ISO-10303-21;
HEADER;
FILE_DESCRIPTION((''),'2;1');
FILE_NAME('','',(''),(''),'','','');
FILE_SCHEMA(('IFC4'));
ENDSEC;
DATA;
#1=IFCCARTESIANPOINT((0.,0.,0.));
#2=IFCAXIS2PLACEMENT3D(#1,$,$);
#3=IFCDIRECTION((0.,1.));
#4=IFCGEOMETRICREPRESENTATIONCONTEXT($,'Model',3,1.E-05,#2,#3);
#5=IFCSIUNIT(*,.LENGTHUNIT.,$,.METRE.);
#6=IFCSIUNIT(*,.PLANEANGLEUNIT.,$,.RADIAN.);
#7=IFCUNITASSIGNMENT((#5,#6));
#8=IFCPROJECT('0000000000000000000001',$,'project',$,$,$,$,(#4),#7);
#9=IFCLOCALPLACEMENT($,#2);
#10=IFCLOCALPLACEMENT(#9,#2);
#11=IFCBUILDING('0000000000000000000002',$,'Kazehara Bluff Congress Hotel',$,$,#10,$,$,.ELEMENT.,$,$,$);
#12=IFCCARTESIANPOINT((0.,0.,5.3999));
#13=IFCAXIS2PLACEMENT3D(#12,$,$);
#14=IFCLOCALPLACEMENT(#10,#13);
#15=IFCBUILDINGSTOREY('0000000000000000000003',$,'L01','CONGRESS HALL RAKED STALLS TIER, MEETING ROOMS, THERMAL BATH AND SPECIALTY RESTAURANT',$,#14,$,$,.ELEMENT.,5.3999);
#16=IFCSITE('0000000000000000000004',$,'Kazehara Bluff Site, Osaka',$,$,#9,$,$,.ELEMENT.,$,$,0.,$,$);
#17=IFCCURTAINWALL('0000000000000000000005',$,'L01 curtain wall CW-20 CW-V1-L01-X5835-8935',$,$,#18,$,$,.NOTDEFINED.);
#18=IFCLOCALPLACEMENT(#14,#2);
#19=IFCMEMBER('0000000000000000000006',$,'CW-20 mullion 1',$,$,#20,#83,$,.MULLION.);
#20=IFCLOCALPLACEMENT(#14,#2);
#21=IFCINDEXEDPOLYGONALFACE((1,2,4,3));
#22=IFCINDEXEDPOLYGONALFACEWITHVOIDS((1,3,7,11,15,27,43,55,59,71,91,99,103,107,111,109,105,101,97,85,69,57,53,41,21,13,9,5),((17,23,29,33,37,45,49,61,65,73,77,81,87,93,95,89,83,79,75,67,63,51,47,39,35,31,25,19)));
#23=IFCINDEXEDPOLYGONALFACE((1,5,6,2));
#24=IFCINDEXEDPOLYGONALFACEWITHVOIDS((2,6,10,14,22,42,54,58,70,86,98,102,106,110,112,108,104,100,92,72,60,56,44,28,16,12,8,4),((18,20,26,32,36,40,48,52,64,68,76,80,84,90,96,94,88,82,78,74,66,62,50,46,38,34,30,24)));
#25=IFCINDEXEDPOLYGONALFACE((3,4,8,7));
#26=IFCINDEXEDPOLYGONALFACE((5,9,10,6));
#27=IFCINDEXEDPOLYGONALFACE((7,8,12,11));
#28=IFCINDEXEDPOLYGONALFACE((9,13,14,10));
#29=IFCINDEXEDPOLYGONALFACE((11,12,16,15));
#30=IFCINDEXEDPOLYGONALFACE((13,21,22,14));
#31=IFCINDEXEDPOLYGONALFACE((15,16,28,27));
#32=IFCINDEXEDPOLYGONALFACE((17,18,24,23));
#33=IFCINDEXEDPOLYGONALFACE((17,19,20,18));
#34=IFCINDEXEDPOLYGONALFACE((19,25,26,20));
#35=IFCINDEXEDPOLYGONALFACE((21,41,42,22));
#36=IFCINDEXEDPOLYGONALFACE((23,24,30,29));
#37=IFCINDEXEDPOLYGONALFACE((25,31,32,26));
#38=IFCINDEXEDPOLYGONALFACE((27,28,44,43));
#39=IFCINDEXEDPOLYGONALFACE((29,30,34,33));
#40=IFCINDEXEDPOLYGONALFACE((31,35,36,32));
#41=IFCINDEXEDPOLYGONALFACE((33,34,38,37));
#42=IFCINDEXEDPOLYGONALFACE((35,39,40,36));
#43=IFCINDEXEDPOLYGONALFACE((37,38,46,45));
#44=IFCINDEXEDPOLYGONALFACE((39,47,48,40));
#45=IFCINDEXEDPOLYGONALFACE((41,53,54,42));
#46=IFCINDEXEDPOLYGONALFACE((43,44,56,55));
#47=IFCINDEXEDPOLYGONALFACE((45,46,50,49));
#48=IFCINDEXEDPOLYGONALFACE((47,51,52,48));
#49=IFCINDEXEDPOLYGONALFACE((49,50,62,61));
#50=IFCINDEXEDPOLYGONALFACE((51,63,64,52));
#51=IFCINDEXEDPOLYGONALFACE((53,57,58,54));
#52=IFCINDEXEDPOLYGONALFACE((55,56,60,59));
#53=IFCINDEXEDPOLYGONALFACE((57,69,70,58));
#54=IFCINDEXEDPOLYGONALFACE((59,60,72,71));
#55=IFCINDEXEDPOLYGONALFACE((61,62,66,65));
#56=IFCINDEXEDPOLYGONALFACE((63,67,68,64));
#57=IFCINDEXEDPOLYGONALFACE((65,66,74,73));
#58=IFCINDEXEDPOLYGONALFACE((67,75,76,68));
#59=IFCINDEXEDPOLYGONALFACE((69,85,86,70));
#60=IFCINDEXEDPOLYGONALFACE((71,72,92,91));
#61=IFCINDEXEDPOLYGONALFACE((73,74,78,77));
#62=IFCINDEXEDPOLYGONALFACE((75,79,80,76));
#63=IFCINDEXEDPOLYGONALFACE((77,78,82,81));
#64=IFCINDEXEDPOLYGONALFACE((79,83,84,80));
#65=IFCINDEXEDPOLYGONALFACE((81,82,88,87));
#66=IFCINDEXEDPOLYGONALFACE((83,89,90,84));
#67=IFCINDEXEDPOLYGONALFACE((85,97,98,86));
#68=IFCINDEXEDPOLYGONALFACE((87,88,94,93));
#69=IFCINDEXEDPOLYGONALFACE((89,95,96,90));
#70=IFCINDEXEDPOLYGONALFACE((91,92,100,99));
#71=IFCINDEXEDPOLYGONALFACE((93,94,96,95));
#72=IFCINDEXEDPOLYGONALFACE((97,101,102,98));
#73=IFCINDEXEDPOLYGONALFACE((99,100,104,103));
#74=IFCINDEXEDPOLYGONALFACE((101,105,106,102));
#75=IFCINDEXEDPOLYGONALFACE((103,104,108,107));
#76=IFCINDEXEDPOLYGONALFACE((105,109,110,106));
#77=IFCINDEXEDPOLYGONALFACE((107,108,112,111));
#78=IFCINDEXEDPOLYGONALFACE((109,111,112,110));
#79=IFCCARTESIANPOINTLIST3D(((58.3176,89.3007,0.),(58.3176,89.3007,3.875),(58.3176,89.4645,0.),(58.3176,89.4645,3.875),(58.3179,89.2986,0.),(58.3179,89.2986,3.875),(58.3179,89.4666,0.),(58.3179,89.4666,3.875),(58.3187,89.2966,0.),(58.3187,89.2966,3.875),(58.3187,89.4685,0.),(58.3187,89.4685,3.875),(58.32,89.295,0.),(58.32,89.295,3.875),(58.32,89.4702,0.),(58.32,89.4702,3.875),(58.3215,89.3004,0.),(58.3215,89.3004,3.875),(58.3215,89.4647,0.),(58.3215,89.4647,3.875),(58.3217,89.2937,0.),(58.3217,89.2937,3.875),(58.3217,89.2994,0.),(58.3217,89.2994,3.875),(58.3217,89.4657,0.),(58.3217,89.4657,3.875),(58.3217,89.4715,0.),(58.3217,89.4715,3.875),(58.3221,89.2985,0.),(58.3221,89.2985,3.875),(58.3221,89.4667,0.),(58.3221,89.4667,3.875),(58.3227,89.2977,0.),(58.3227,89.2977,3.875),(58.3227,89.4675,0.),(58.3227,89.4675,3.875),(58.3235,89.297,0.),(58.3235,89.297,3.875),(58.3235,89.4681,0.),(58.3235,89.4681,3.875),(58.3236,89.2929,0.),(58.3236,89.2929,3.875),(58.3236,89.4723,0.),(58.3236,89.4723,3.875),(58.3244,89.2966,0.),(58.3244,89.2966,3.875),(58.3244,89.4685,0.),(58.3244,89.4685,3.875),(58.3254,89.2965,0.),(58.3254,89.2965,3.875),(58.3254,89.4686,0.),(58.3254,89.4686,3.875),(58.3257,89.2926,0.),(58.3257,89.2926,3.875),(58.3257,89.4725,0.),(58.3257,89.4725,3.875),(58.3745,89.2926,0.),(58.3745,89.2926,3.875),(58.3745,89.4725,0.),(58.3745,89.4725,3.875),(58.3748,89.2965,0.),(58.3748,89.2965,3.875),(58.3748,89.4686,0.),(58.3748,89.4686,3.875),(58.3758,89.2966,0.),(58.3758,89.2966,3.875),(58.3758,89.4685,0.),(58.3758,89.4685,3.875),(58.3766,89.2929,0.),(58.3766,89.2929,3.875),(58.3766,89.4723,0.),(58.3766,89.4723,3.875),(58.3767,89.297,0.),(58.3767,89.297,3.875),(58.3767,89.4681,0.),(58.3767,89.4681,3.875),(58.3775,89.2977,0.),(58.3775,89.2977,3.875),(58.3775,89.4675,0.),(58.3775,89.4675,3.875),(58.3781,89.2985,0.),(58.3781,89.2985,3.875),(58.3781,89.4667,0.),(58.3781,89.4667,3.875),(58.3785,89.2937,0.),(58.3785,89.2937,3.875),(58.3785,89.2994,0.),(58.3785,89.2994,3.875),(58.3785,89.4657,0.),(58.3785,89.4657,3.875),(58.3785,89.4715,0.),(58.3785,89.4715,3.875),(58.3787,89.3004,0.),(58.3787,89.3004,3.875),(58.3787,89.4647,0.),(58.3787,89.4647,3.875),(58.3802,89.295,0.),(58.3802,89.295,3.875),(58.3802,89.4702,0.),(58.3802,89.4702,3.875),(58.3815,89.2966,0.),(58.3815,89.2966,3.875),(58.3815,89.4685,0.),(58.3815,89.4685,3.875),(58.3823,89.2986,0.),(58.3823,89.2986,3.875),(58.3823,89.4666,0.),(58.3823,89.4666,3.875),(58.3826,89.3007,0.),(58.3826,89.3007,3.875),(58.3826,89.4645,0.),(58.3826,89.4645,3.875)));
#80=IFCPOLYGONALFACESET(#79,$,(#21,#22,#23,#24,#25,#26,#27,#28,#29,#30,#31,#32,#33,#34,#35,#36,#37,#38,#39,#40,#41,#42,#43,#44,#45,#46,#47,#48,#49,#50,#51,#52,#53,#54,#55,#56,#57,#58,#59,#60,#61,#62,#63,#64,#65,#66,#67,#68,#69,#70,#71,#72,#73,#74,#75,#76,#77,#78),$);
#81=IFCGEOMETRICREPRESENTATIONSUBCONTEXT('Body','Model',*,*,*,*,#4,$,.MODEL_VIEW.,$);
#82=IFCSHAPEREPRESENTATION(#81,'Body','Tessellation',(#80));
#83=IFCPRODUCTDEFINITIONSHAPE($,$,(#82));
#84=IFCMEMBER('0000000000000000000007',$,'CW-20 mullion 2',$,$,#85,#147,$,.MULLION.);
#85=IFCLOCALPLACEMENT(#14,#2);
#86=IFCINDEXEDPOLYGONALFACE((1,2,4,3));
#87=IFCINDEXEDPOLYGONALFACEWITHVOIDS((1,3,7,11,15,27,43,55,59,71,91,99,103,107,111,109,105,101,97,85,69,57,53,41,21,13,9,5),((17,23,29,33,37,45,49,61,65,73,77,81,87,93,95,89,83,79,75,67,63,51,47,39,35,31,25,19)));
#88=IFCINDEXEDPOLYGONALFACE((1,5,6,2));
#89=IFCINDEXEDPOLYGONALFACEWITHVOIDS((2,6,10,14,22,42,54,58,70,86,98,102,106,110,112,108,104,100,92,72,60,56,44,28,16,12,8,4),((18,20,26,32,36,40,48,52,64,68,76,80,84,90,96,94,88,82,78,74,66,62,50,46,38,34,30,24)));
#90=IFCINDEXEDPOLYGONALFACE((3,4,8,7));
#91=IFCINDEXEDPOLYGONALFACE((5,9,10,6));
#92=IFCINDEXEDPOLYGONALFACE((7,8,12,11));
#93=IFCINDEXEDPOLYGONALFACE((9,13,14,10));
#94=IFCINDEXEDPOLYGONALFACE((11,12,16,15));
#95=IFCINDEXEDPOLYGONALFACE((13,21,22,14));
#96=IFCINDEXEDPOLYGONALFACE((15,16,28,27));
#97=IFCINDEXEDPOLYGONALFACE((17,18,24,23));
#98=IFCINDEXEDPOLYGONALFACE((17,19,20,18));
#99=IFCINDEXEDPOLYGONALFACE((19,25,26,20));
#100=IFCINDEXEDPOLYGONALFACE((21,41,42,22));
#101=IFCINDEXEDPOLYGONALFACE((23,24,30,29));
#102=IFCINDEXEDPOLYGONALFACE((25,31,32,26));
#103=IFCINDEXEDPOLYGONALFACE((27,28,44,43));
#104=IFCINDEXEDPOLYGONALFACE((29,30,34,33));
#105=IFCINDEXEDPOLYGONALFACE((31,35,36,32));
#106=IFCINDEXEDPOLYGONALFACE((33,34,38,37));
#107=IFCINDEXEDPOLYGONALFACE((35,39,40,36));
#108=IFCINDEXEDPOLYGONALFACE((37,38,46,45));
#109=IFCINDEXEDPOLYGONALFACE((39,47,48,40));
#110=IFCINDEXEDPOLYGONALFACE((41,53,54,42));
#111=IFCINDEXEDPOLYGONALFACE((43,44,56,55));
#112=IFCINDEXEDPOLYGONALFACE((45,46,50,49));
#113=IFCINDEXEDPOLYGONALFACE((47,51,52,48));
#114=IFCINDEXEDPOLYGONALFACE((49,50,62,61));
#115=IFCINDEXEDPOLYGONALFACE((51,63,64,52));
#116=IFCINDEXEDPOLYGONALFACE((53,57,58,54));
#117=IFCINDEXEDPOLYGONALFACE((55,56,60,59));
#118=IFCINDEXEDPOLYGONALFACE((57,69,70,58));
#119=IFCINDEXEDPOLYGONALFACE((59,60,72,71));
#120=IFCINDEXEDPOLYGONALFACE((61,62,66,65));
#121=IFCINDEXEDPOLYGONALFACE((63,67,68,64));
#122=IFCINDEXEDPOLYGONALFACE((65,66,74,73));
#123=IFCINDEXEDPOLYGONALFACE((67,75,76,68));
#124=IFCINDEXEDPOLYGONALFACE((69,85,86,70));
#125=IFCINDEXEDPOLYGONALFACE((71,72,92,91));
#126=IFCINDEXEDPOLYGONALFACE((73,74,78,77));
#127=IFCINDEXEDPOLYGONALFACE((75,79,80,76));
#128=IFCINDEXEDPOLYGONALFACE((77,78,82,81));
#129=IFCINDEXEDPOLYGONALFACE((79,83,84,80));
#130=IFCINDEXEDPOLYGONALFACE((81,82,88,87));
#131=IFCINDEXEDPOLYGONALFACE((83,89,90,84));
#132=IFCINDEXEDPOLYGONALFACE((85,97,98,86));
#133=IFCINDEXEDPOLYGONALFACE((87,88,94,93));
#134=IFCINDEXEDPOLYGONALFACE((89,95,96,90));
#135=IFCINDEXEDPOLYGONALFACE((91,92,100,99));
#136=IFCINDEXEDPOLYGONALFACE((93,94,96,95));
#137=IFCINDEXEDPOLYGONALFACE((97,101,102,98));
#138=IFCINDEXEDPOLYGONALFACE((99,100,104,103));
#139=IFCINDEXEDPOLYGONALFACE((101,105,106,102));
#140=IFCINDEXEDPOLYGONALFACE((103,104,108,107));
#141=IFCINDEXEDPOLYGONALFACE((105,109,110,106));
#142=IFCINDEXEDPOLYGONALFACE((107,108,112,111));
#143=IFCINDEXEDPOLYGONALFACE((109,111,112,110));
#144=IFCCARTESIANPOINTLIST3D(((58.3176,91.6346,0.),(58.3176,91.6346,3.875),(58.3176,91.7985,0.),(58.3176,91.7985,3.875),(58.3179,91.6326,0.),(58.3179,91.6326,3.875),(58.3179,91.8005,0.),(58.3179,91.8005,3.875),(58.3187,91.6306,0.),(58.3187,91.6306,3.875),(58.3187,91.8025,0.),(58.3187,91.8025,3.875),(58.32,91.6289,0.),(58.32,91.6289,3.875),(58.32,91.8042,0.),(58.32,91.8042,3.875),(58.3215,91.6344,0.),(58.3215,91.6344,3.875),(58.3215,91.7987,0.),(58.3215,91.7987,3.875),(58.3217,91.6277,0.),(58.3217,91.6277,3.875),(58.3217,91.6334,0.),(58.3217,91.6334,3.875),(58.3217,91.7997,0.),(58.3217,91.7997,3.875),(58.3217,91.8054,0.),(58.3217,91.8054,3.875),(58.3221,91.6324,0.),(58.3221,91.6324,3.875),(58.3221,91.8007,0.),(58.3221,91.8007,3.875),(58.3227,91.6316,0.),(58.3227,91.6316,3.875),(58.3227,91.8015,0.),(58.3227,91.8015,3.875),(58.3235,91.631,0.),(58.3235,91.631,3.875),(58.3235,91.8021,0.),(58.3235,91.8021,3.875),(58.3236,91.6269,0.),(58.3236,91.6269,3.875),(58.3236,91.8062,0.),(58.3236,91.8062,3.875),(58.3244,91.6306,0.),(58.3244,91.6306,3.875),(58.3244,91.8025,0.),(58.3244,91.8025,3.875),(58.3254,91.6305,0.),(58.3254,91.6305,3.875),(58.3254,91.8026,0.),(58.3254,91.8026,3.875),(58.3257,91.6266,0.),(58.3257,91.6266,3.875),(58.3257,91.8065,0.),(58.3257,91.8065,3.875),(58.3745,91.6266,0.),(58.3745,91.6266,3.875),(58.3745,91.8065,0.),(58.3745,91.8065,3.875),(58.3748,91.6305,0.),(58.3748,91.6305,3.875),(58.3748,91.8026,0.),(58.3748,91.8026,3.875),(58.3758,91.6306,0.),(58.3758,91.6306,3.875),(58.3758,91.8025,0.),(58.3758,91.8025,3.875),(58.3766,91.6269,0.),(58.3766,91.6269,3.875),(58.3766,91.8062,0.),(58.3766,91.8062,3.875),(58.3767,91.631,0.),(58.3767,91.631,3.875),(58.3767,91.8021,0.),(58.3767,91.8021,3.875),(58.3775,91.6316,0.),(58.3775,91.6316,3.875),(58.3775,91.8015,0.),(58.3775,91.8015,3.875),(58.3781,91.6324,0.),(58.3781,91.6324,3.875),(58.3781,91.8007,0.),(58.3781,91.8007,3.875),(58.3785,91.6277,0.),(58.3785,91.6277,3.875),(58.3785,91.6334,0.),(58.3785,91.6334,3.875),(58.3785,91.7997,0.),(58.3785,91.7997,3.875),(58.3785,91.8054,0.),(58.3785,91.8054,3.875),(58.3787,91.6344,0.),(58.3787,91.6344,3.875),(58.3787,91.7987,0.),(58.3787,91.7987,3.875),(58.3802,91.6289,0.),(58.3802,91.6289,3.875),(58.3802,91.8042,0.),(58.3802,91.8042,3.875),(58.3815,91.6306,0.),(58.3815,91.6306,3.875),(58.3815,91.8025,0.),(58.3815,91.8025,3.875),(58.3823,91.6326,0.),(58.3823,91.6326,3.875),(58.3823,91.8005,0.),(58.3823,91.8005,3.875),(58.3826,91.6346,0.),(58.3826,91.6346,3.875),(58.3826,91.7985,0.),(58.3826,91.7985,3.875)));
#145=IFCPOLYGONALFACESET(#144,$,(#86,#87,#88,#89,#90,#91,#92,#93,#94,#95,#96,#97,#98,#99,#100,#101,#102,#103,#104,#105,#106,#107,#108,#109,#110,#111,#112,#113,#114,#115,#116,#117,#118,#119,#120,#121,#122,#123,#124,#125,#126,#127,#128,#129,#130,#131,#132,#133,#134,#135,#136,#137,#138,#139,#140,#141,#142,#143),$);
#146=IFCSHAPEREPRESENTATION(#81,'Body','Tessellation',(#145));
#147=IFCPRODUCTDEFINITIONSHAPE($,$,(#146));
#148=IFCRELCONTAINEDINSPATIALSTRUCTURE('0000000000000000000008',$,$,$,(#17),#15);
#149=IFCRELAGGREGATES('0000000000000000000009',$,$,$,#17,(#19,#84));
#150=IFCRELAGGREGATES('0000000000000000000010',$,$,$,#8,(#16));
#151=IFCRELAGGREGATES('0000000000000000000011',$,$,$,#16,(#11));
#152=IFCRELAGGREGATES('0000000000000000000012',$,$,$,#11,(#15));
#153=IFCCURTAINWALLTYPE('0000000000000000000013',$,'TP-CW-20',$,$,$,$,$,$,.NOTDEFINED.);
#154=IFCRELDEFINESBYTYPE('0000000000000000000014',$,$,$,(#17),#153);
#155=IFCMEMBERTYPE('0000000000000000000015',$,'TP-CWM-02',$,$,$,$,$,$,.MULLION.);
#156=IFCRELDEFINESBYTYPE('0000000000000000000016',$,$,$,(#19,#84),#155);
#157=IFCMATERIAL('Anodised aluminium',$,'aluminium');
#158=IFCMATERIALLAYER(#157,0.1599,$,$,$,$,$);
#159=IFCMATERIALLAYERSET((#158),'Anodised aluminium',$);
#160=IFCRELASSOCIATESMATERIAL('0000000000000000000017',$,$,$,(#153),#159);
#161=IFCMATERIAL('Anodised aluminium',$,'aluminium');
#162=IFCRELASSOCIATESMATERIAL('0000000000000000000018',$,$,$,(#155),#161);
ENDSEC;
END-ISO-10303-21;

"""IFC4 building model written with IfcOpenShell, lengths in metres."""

from ifc_helpers import new_model, si_unit, direction, frame, origin, origin_2d, place, context, subcontext, project, spatial, hollow_rectangle, extrude, material, layer, layer_set, material_profile, profile_set, type_object, element, aggregate, save


model = new_model("IFC4")

# Units and contexts
model_context = context("Model", 3, precision=1e-05, world=origin(), true_north=direction((0.0, 1.0)))
body_context = subcontext(model_context, "Body", "Model", "MODEL_VIEW")
ifc_project = project(units=[si_unit("LENGTHUNIT", "METRE"), si_unit("PLANEANGLEUNIT", "RADIAN")], contexts=[model_context])

# Site, building, storey
site_placement = place(None, origin())
site = spatial("IfcSite", under=ifc_project, at=site_placement, Name="Kazehara Bluff Site, Osaka", CompositionType="ELEMENT", RefElevation=0.0)
building_placement = place(site_placement, origin())
building = spatial("IfcBuilding", under=site, at=building_placement, Name="Kazehara Bluff Congress Hotel", CompositionType="ELEMENT")
storey_placement = place(building_placement, frame((0.0, 0.0, 5.3999)))
storey = spatial("IfcBuildingStorey", under=building, at=storey_placement, Name="L01", Description="CONGRESS HALL RAKED STALLS TIER, MEETING ROOMS, THERMAL BATH AND SPECIALTY RESTAURANT", CompositionType="ELEMENT", Elevation=5.3999)

# Curtain wall, members
ifc_material_1 = material(Name="Anodised aluminium", Category="aluminium")
ifc_layer_1 = layer(ifc_material_1, 0.1599)
ifc_layer_set_1 = layer_set([ifc_layer_1], Name="Anodised aluminium")
curtain_wall_type = type_object("IfcCurtainWallType", Name="TP-CW-20", PredefinedType="NOTDEFINED", material=ifc_layer_set_1)
curtain_wall_placement = place(storey_placement, origin())
curtain_wall = element("IfcCurtainWall", 1, at=curtain_wall_placement, inside=storey, type_object=curtain_wall_type, Name="L01 curtain wall CW-20 CW-V1-L01-X5835-8935", PredefinedType="NOTDEFINED")
ifc_material_2 = material(Name="Anodised aluminium", Category="aluminium")
ifc_material_profile_1 = material_profile(ifc_material_2, hollow_rectangle(XDim=0.0649, YDim=0.1799, WallThickness=0.0039, InnerFilletRadius=0.0039, OuterFilletRadius=0.0081, at=origin_2d()))
ifc_profile_set_1 = profile_set([ifc_material_profile_1], Name="Anodised aluminium")
member_type_1 = type_object("IfcMemberType", Name="TP-CWM-02", PredefinedType="MULLION", material=ifc_profile_set_1)
member_1_placement = place(storey_placement, frame((58.3501, 89.3826, 0.0), z_axis=(0.0, 0.0, 1.0), x_axis=(-1.0, 0.0, 0.0)))
member_1 = element("IfcMember", 2, at=member_1_placement, type_object=member_type_1, Name="CW-20 mullion 1", PredefinedType="MULLION", context=body_context, shape_type="SweptSolid", body=[
    extrude(hollow_rectangle(XDim=0.0649, YDim=0.1799, WallThickness=0.0039, InnerFilletRadius=0.0039, OuterFilletRadius=0.0081, at=origin_2d()), origin(), (0.0, 0.0, 1.0), 3.875),
])
member_2_placement = place(storey_placement, frame((58.3501, 91.7166, 0.0), z_axis=(0.0, 0.0, 1.0), x_axis=(-1.0, 0.0, 0.0)))
member_2 = element("IfcMember", 3, at=member_2_placement, type_object=member_type_1, Name="CW-20 mullion 2", PredefinedType="MULLION", context=body_context, shape_type="SweptSolid", body=[
    extrude(hollow_rectangle(XDim=0.0649, YDim=0.1799, WallThickness=0.0039, InnerFilletRadius=0.0039, OuterFilletRadius=0.0081, at=origin_2d()), origin(), (0.0, 0.0, 1.0), 3.875),
])

aggregate(curtain_wall, [member_1, member_2])

save(model, "model.ifc")
